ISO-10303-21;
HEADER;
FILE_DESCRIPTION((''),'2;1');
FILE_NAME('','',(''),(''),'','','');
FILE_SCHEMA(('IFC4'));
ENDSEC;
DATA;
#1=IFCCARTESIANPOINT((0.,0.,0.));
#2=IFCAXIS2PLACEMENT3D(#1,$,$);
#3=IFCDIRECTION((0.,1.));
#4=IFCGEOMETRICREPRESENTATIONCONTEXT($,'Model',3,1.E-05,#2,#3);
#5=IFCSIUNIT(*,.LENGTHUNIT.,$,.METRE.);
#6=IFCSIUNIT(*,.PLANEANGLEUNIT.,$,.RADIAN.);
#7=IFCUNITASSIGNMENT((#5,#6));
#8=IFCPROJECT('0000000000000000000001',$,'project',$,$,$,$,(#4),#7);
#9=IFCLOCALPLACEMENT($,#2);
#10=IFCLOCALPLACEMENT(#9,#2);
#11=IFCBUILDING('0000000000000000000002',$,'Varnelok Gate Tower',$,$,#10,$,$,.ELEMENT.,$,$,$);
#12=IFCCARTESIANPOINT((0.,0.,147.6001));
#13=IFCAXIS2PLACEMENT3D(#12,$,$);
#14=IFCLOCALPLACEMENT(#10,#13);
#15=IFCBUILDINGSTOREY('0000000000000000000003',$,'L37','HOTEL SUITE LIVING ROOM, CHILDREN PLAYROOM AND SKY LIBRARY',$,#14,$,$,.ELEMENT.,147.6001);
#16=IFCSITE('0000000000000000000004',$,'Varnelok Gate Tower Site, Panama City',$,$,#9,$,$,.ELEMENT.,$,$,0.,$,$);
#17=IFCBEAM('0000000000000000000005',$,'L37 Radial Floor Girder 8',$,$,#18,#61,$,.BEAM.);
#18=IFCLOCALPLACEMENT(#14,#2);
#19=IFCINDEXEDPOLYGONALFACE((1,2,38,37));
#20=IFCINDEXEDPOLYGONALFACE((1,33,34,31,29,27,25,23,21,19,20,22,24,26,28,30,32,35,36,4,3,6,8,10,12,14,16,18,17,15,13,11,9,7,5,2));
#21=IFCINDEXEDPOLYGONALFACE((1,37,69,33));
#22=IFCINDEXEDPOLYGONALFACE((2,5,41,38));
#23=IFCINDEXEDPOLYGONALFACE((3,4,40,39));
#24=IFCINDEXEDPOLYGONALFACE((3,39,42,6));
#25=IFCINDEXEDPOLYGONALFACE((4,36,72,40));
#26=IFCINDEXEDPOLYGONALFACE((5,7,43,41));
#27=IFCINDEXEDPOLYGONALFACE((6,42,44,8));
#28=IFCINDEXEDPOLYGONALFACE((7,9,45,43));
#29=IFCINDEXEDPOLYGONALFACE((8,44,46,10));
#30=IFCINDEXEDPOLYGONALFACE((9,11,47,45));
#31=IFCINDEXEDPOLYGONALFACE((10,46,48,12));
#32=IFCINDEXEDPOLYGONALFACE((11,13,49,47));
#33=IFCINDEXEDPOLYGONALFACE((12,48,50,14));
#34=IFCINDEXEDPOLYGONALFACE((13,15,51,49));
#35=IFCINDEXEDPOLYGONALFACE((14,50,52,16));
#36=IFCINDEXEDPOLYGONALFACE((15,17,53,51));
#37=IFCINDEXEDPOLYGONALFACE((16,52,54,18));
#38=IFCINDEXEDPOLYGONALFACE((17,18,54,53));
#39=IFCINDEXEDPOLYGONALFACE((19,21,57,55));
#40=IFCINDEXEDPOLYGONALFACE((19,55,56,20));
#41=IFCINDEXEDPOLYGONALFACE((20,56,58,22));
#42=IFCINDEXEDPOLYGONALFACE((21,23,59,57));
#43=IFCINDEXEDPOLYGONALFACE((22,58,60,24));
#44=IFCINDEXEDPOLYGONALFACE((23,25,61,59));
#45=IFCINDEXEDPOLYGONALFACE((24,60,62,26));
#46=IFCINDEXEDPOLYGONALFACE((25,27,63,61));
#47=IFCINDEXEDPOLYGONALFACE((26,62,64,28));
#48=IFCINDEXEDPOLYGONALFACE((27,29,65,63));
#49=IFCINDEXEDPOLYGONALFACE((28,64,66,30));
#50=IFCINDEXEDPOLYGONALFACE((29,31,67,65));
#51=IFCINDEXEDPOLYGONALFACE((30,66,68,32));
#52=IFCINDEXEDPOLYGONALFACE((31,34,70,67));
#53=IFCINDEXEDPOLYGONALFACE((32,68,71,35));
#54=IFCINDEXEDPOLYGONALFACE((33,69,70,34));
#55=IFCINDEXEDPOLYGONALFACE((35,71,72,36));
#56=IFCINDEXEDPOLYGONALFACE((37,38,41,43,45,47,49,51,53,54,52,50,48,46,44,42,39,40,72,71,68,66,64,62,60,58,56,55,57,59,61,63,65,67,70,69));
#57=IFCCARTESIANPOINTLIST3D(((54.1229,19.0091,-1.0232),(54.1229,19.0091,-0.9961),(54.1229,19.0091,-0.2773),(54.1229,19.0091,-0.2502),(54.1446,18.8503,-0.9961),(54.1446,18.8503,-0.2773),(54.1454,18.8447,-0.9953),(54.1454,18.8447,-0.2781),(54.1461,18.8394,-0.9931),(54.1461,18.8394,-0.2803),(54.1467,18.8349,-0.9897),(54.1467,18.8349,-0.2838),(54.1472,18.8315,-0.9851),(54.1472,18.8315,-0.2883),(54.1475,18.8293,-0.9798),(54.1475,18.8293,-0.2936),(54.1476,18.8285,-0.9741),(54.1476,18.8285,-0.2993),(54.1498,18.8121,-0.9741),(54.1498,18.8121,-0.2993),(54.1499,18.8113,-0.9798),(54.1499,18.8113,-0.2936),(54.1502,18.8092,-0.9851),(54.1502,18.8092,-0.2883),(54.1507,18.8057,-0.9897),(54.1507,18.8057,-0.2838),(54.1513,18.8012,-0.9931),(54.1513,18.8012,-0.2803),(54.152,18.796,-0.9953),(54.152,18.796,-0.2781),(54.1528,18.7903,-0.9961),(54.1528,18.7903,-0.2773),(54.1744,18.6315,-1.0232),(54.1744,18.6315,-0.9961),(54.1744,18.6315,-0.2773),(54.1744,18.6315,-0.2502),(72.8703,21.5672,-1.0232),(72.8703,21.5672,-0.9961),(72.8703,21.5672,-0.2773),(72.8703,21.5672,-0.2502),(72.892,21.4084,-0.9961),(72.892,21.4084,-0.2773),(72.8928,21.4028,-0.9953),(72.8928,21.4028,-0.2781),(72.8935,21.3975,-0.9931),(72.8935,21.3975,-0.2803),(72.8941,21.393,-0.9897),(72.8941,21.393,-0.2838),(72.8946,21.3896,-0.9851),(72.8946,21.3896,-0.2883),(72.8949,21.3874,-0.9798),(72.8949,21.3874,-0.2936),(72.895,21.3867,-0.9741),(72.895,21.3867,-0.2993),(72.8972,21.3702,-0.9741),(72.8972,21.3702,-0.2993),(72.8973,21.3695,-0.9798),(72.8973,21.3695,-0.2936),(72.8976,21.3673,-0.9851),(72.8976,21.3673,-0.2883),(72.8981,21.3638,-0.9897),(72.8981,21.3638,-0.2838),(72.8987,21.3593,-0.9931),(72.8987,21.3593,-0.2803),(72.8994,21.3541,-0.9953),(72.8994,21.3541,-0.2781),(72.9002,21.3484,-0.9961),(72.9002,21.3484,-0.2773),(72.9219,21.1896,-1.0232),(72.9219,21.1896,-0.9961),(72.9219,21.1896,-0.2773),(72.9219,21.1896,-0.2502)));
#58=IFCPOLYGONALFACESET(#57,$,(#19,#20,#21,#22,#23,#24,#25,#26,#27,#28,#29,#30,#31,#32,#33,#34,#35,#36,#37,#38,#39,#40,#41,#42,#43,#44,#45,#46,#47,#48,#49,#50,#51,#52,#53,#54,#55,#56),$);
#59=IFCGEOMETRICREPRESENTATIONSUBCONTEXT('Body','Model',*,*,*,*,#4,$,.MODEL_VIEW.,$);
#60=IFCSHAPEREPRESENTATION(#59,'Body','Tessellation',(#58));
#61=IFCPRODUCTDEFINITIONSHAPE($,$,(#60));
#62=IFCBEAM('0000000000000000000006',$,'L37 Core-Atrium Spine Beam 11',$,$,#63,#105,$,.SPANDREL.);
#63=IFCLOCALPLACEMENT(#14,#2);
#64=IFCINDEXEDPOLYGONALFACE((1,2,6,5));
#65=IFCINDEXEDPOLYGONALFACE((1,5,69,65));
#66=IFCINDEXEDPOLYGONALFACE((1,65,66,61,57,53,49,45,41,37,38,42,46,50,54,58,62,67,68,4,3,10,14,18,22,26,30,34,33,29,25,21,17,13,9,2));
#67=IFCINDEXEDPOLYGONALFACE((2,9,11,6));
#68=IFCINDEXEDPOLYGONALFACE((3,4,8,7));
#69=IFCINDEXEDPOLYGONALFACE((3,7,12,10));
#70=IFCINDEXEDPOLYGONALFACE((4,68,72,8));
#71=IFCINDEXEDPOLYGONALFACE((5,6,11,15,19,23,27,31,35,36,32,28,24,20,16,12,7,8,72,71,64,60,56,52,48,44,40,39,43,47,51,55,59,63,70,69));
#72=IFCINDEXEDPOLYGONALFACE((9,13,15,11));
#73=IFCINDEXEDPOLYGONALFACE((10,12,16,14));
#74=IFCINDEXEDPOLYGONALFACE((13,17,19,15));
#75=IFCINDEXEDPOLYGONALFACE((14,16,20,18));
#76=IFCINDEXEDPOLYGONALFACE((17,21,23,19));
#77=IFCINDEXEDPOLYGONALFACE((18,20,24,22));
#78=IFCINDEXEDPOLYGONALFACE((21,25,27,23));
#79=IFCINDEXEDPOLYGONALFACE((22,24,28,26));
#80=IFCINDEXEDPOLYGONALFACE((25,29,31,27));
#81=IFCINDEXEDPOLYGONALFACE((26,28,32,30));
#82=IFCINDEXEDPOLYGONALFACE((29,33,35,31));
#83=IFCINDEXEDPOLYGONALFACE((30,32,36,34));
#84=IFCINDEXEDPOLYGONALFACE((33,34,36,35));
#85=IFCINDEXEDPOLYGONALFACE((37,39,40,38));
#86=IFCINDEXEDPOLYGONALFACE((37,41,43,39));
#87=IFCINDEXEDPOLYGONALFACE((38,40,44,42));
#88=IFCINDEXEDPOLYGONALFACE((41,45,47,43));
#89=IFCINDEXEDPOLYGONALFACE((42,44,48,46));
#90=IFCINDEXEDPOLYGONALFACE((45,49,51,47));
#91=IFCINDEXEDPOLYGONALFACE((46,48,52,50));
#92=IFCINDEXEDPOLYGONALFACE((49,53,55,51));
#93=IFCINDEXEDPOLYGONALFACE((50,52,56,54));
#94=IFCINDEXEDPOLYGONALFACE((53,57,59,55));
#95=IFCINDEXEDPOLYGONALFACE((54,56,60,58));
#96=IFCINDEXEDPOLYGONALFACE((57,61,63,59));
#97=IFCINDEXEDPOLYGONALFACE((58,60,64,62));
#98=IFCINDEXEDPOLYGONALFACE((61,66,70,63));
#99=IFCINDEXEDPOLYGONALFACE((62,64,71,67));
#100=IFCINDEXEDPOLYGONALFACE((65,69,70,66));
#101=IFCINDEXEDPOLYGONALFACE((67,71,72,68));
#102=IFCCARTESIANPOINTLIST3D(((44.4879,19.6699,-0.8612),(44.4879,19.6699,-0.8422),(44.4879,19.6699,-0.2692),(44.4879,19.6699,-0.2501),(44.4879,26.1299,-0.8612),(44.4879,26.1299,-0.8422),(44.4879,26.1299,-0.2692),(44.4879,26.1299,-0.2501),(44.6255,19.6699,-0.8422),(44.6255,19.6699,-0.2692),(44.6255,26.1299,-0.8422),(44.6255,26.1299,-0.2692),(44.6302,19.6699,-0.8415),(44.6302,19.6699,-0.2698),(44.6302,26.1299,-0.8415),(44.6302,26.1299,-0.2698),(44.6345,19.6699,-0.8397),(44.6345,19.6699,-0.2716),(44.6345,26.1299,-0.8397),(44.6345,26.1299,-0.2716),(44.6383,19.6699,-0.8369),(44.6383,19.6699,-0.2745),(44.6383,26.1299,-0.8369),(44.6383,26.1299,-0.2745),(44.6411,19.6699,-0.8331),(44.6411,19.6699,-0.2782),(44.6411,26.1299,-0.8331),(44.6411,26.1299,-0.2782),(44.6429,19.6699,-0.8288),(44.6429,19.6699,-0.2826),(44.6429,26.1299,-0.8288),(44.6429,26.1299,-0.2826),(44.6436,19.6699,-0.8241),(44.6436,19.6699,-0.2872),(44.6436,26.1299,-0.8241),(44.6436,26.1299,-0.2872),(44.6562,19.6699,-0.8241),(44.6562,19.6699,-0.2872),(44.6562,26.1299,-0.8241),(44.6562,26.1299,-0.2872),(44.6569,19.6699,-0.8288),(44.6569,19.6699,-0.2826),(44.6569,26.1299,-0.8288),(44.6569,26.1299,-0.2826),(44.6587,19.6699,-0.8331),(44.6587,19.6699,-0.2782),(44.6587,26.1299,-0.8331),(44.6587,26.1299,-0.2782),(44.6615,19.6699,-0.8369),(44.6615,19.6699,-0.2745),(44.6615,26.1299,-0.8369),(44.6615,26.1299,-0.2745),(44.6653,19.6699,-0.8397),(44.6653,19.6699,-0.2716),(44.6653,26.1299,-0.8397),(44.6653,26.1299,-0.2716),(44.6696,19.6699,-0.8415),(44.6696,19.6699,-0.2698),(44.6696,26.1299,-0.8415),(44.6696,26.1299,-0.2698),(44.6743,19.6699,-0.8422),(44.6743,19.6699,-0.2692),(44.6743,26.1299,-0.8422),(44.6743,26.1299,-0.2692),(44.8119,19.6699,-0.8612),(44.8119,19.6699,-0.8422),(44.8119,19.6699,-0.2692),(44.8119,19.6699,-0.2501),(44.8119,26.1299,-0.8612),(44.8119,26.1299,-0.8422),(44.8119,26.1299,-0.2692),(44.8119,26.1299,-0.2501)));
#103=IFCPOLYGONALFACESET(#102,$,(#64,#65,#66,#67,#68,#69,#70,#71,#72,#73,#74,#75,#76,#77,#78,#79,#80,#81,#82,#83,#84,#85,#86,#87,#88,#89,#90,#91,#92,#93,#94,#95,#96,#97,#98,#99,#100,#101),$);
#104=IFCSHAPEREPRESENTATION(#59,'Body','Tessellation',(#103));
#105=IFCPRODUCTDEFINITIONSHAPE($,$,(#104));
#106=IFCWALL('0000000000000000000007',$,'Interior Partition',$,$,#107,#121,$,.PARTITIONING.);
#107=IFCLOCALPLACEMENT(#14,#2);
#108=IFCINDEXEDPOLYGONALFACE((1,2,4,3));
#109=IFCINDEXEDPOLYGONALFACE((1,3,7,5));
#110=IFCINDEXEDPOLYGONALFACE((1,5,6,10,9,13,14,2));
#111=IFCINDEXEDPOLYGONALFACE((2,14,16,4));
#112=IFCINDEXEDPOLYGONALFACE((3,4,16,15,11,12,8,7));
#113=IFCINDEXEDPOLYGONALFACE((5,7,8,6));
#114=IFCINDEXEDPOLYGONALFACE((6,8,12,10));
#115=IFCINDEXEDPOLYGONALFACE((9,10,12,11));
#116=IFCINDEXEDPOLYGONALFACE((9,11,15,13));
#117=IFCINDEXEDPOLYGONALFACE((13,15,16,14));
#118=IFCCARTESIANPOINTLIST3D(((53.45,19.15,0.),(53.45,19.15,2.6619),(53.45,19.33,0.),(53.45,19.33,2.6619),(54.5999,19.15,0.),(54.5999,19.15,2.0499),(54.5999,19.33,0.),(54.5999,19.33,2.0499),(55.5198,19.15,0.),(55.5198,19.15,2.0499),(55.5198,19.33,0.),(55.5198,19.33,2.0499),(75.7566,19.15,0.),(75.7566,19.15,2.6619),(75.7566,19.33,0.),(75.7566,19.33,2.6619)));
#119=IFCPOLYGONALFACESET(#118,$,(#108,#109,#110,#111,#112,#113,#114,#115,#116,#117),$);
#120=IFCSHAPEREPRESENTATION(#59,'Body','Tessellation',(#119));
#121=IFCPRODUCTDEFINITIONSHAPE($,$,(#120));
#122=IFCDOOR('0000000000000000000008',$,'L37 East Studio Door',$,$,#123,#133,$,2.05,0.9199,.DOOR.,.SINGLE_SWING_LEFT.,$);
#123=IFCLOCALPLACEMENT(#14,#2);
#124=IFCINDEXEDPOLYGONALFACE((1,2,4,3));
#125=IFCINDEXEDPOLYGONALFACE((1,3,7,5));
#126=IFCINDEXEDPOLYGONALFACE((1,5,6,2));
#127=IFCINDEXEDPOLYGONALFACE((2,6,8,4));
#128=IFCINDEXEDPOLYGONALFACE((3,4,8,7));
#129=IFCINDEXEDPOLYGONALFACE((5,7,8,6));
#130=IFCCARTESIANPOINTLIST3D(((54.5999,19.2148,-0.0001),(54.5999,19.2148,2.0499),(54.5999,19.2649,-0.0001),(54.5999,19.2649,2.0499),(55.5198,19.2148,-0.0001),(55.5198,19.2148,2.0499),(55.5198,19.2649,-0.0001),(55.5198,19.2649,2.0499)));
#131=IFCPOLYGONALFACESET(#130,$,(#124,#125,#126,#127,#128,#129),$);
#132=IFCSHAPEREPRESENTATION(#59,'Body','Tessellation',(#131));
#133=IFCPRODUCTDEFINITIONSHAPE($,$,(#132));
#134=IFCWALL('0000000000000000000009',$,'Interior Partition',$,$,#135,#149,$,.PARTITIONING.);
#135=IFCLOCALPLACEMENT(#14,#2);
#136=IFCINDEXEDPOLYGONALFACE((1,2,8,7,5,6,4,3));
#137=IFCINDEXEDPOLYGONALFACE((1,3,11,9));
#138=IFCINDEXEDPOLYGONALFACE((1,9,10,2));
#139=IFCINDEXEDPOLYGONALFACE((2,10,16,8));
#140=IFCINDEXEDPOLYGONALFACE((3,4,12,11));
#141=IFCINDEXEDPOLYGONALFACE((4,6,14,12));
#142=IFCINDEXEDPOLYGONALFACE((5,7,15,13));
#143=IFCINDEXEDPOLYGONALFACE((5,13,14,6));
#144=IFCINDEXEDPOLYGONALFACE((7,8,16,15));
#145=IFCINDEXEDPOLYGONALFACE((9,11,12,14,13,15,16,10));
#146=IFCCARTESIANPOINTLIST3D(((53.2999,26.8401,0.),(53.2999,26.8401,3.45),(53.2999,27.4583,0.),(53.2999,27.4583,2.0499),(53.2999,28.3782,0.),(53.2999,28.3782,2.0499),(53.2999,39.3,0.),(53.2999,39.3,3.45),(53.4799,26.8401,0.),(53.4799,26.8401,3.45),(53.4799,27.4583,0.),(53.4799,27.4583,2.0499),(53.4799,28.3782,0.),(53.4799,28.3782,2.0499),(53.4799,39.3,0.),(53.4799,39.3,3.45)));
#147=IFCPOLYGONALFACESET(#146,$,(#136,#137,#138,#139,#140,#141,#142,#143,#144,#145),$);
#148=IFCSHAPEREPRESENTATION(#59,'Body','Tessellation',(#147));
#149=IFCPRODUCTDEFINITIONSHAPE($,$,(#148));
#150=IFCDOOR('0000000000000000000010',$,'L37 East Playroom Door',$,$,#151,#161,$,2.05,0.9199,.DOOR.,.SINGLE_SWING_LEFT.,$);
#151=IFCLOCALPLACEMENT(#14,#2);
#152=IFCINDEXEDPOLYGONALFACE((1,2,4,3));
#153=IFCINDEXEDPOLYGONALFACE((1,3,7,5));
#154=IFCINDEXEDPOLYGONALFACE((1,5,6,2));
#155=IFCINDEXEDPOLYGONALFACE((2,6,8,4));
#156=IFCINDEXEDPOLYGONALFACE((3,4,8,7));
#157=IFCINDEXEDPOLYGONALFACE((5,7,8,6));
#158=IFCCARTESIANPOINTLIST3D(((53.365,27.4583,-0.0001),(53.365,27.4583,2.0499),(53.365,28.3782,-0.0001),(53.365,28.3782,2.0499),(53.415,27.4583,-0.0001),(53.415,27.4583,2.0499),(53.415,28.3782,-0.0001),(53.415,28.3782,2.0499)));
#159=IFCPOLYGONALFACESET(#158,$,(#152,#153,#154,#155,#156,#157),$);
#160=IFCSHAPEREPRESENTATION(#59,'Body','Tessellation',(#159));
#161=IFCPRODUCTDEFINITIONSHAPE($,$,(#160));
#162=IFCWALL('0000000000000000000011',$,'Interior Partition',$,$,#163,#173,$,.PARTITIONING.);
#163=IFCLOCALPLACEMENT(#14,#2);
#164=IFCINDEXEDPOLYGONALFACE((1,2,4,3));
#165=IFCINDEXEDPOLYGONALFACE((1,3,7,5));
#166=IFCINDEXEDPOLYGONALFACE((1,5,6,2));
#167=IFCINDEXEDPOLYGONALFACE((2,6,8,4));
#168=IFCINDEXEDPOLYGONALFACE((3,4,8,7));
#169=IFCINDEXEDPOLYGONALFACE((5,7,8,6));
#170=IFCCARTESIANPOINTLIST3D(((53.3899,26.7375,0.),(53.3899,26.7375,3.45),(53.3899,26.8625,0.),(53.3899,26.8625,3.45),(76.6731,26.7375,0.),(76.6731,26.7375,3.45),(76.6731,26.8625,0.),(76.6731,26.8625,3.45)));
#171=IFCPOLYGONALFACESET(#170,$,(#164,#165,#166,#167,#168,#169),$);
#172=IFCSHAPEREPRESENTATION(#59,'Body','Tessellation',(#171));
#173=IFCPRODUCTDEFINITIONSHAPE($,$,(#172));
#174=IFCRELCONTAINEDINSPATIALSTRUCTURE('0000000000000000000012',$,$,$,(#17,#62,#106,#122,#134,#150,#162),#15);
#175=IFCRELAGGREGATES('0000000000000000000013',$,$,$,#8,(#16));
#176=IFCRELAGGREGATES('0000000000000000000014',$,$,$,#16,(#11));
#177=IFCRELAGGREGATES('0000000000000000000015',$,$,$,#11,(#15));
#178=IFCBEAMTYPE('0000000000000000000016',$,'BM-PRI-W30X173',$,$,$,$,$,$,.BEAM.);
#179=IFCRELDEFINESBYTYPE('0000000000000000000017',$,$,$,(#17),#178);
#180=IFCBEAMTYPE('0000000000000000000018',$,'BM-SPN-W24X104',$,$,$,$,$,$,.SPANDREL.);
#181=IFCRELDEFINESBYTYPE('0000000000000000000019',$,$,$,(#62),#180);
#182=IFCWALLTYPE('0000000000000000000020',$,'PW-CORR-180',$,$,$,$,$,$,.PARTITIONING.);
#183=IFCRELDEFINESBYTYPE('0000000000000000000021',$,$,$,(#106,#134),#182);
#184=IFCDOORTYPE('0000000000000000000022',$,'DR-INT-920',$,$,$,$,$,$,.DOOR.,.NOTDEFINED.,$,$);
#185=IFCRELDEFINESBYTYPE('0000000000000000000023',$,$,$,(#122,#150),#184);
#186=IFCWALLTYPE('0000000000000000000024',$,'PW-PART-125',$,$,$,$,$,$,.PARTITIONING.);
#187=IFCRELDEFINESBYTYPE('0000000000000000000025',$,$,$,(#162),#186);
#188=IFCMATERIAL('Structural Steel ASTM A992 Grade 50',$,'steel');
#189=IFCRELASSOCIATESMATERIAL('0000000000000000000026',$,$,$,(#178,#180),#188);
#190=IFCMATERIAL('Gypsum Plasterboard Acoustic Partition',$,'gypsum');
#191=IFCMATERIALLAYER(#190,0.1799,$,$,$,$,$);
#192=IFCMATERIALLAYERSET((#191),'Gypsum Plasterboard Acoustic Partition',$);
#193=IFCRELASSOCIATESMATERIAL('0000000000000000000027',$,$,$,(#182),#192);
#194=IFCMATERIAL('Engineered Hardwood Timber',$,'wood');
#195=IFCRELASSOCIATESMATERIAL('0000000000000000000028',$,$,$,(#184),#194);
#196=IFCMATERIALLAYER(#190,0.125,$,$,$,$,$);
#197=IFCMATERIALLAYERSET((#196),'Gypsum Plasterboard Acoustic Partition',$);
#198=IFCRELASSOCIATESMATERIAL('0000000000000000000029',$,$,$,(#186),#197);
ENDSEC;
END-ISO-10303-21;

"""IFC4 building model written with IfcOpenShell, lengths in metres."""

from ifc_helpers import new_model, si_unit, direction, frame, frame_2d, origin, origin_2d, place, context, subcontext, project, spatial, rectangle, i_section, extrude, material, layer, layer_set, material_profile, profile_set, type_object, element, fill, save


model = new_model("IFC4")

# Units and contexts
model_context = context("Model", 3, precision=1e-05, world=origin(), true_north=direction((0.0, 1.0)))
body_context = subcontext(model_context, "Body", "Model", "MODEL_VIEW")
ifc_project = project(units=[si_unit("LENGTHUNIT", "METRE"), si_unit("PLANEANGLEUNIT", "RADIAN")], contexts=[model_context])

# Site, building, storey
site_placement = place(None, origin())
site = spatial("IfcSite", under=ifc_project, at=site_placement, Name="Varnelok Gate Tower Site, Panama City", CompositionType="ELEMENT", RefElevation=0.0)
building_placement = place(site_placement, origin())
building = spatial("IfcBuilding", under=site, at=building_placement, Name="Varnelok Gate Tower", CompositionType="ELEMENT")
storey_placement = place(building_placement, frame((0.0, 0.0, 147.6001)))
storey = spatial("IfcBuildingStorey", under=building, at=storey_placement, Name="L37", Description="HOTEL SUITE LIVING ROOM, CHILDREN PLAYROOM AND SKY LIBRARY", CompositionType="ELEMENT", Elevation=147.6001)

# Shared definitions
ifc_material_1 = material(Name="Structural Steel ASTM A992 Grade 50", Category="steel")

# Beams
ifc_material_profile_1 = material_profile(ifc_material_1, i_section(OverallWidth=0.3811, OverallDepth=0.7729, WebThickness=0.0166, FlangeThickness=0.0271, FilletRadius=0.022, at=origin_2d()), Name="W30X173")
ifc_profile_set_1 = profile_set([ifc_material_profile_1], Name="Structural Steel ASTM A992 Grade 50")
beam_type_1 = type_object("IfcBeamType", Name="BM-PRI-W30X173", PredefinedType="BEAM", material=ifc_profile_set_1)
beam_1_placement = place(storey_placement, frame((54.1487, 18.8203, -0.6367), z_axis=(0.990818, 0.135199, 0.0), x_axis=(-0.135199, 0.990818, 0.0)))
element("IfcBeam", 1, at=beam_1_placement, inside=storey, type_object=beam_type_1, Name="L37 Radial Floor Girder 8", PredefinedType="BEAM", context=body_context, shape_type="SweptSolid", body=[
    extrude(i_section(OverallWidth=0.3811, OverallDepth=0.7729, WebThickness=0.0166, FlangeThickness=0.0271, FilletRadius=0.022, at=origin_2d()), origin(), (0.0, 0.0, 1.0), 18.9211),
])
ifc_material_profile_2 = material_profile(ifc_material_1, i_section(OverallWidth=0.324, OverallDepth=0.6111, WebThickness=0.0127, FlangeThickness=0.019, FilletRadius=0.0181, at=origin_2d()), Name="W24X104")
ifc_profile_set_2 = profile_set([ifc_material_profile_2], Name="Structural Steel ASTM A992 Grade 50")
beam_type_2 = type_object("IfcBeamType", Name="BM-SPN-W24X104", PredefinedType="SPANDREL", material=ifc_profile_set_2)
beam_2_placement = place(storey_placement, frame((44.6499, 19.6699, -0.5557), z_axis=(0.0, 1.0, 0.0), x_axis=(-1.0, 0.0, 0.0)))
element("IfcBeam", 2, at=beam_2_placement, inside=storey, type_object=beam_type_2, Name="L37 Core-Atrium Spine Beam 11", PredefinedType="SPANDREL", context=body_context, shape_type="SweptSolid", body=[
    extrude(i_section(OverallWidth=0.324, OverallDepth=0.6111, WebThickness=0.0127, FlangeThickness=0.019, FilletRadius=0.0181, at=origin_2d()), origin(), (0.0, 0.0, 1.0), 6.46),
])

# Walls, openings, doors
ifc_material_2 = material(Name="Gypsum Plasterboard Acoustic Partition", Category="gypsum")
ifc_layer_1 = layer(ifc_material_2, 0.1799)
ifc_layer_set_1 = layer_set([ifc_layer_1], Name="Gypsum Plasterboard Acoustic Partition")
wall_type_1 = type_object("IfcWallType", Name="PW-CORR-180", PredefinedType="PARTITIONING", material=ifc_layer_set_1)
wall_1_placement = place(storey_placement, frame((53.45, 19.24, 0.0), z_axis=(0.0, 0.0, 1.0), x_axis=(1.0, 0.0, 0.0)))
wall_1 = element("IfcWall", 3, at=wall_1_placement, inside=storey, type_object=wall_type_1, Name="Interior Partition", PredefinedType="PARTITIONING", context=body_context, shape_type="SweptSolid", body=[
    extrude(rectangle(XDim=22.3066, YDim=0.1799, at=frame_2d((11.1533, 0.0))), origin(), (0.0, 0.0, 1.0), 2.6619),
])
opening_1_placement = place(wall_1_placement, frame((1.1499, 0.0, 0.0)))
opening_1 = element("IfcOpeningElement", 4, at=opening_1_placement, cuts=wall_1, PredefinedType="OPENING", context=body_context, shape_type="SweptSolid", body=[
    extrude(rectangle(XDim=0.9199, YDim=2.05, at=frame_2d((0.46, 1.0249))), frame((0.0, 0.0999, 0.0), z_axis=(0.0, -1.0, 0.0), x_axis=(1.0, 0.0, 0.0)), (0.0, 0.0, 1.0), 0.2),
])
ifc_material_3 = material(Name="Engineered Hardwood Timber", Category="wood")
door_type = type_object("IfcDoorType", Name="DR-INT-920", OperationType="NOTDEFINED", PredefinedType="DOOR", material=ifc_material_3)
door_1_placement = place(opening_1_placement, origin())
door_1 = element("IfcDoor", 5, at=door_1_placement, inside=storey, type_object=door_type, Name="L37 East Studio Door", OperationType="SINGLE_SWING_LEFT", OverallHeight=2.05, OverallWidth=0.9199, PredefinedType="DOOR", context=body_context, shape_type="SweptSolid", body=[
    extrude(rectangle(XDim=0.9199, YDim=2.05, at=frame_2d((0.46, 1.0249))), frame((0.0, 0.0249, 0.0), z_axis=(0.0, -1.0, 0.0), x_axis=(1.0, 0.0, 0.0)), (0.0, 0.0, 1.0), 0.05),
])
fill(opening_1, door_1)
wall_2_placement = place(storey_placement, frame((53.3899, 26.8401, 0.0), z_axis=(0.0, 0.0, 1.0), x_axis=(0.0, 1.0, 0.0)))
wall_2 = element("IfcWall", 6, at=wall_2_placement, inside=storey, type_object=wall_type_1, Name="Interior Partition", PredefinedType="PARTITIONING", context=body_context, shape_type="SweptSolid", body=[
    extrude(rectangle(XDim=12.46, YDim=0.1799, at=frame_2d((6.23, 0.0))), origin(), (0.0, 0.0, 1.0), 3.45),
])
opening_2_placement = place(wall_2_placement, frame((0.6182, 0.0, 0.0)))
opening_2 = element("IfcOpeningElement", 7, at=opening_2_placement, cuts=wall_2, PredefinedType="OPENING", context=body_context, shape_type="SweptSolid", body=[
    extrude(rectangle(XDim=0.9199, YDim=2.05, at=frame_2d((0.46, 1.0249))), frame((0.0, 0.0999, 0.0), z_axis=(0.0, -1.0, 0.0), x_axis=(1.0, 0.0, 0.0)), (0.0, 0.0, 1.0), 0.2),
])
door_2_placement = place(opening_2_placement, origin())
door_2 = element("IfcDoor", 8, at=door_2_placement, inside=storey, type_object=door_type, Name="L37 East Playroom Door", OperationType="SINGLE_SWING_LEFT", OverallHeight=2.05, OverallWidth=0.9199, PredefinedType="DOOR", context=body_context, shape_type="SweptSolid", body=[
    extrude(rectangle(XDim=0.9199, YDim=2.05, at=frame_2d((0.46, 1.0249))), frame((0.0, 0.0249, 0.0), z_axis=(0.0, -1.0, 0.0), x_axis=(1.0, 0.0, 0.0)), (0.0, 0.0, 1.0), 0.05),
])
fill(opening_2, door_2)

# Wall
ifc_layer_2 = layer(ifc_material_2, 0.125)
ifc_layer_set_2 = layer_set([ifc_layer_2], Name="Gypsum Plasterboard Acoustic Partition")
wall_type_2 = type_object("IfcWallType", Name="PW-PART-125", PredefinedType="PARTITIONING", material=ifc_layer_set_2)
wall_3_placement = place(storey_placement, frame((53.3899, 26.8, 0.0), z_axis=(0.0, 0.0, 1.0), x_axis=(1.0, 0.0, 0.0)))
element("IfcWall", 9, at=wall_3_placement, inside=storey, type_object=wall_type_2, Name="Interior Partition", PredefinedType="PARTITIONING", context=body_context, shape_type="SweptSolid", body=[
    extrude(rectangle(XDim=23.2832, YDim=0.125, at=frame_2d((11.6416, 0.0))), origin(), (0.0, 0.0, 1.0), 3.45),
])

save(model, "model.ifc")
